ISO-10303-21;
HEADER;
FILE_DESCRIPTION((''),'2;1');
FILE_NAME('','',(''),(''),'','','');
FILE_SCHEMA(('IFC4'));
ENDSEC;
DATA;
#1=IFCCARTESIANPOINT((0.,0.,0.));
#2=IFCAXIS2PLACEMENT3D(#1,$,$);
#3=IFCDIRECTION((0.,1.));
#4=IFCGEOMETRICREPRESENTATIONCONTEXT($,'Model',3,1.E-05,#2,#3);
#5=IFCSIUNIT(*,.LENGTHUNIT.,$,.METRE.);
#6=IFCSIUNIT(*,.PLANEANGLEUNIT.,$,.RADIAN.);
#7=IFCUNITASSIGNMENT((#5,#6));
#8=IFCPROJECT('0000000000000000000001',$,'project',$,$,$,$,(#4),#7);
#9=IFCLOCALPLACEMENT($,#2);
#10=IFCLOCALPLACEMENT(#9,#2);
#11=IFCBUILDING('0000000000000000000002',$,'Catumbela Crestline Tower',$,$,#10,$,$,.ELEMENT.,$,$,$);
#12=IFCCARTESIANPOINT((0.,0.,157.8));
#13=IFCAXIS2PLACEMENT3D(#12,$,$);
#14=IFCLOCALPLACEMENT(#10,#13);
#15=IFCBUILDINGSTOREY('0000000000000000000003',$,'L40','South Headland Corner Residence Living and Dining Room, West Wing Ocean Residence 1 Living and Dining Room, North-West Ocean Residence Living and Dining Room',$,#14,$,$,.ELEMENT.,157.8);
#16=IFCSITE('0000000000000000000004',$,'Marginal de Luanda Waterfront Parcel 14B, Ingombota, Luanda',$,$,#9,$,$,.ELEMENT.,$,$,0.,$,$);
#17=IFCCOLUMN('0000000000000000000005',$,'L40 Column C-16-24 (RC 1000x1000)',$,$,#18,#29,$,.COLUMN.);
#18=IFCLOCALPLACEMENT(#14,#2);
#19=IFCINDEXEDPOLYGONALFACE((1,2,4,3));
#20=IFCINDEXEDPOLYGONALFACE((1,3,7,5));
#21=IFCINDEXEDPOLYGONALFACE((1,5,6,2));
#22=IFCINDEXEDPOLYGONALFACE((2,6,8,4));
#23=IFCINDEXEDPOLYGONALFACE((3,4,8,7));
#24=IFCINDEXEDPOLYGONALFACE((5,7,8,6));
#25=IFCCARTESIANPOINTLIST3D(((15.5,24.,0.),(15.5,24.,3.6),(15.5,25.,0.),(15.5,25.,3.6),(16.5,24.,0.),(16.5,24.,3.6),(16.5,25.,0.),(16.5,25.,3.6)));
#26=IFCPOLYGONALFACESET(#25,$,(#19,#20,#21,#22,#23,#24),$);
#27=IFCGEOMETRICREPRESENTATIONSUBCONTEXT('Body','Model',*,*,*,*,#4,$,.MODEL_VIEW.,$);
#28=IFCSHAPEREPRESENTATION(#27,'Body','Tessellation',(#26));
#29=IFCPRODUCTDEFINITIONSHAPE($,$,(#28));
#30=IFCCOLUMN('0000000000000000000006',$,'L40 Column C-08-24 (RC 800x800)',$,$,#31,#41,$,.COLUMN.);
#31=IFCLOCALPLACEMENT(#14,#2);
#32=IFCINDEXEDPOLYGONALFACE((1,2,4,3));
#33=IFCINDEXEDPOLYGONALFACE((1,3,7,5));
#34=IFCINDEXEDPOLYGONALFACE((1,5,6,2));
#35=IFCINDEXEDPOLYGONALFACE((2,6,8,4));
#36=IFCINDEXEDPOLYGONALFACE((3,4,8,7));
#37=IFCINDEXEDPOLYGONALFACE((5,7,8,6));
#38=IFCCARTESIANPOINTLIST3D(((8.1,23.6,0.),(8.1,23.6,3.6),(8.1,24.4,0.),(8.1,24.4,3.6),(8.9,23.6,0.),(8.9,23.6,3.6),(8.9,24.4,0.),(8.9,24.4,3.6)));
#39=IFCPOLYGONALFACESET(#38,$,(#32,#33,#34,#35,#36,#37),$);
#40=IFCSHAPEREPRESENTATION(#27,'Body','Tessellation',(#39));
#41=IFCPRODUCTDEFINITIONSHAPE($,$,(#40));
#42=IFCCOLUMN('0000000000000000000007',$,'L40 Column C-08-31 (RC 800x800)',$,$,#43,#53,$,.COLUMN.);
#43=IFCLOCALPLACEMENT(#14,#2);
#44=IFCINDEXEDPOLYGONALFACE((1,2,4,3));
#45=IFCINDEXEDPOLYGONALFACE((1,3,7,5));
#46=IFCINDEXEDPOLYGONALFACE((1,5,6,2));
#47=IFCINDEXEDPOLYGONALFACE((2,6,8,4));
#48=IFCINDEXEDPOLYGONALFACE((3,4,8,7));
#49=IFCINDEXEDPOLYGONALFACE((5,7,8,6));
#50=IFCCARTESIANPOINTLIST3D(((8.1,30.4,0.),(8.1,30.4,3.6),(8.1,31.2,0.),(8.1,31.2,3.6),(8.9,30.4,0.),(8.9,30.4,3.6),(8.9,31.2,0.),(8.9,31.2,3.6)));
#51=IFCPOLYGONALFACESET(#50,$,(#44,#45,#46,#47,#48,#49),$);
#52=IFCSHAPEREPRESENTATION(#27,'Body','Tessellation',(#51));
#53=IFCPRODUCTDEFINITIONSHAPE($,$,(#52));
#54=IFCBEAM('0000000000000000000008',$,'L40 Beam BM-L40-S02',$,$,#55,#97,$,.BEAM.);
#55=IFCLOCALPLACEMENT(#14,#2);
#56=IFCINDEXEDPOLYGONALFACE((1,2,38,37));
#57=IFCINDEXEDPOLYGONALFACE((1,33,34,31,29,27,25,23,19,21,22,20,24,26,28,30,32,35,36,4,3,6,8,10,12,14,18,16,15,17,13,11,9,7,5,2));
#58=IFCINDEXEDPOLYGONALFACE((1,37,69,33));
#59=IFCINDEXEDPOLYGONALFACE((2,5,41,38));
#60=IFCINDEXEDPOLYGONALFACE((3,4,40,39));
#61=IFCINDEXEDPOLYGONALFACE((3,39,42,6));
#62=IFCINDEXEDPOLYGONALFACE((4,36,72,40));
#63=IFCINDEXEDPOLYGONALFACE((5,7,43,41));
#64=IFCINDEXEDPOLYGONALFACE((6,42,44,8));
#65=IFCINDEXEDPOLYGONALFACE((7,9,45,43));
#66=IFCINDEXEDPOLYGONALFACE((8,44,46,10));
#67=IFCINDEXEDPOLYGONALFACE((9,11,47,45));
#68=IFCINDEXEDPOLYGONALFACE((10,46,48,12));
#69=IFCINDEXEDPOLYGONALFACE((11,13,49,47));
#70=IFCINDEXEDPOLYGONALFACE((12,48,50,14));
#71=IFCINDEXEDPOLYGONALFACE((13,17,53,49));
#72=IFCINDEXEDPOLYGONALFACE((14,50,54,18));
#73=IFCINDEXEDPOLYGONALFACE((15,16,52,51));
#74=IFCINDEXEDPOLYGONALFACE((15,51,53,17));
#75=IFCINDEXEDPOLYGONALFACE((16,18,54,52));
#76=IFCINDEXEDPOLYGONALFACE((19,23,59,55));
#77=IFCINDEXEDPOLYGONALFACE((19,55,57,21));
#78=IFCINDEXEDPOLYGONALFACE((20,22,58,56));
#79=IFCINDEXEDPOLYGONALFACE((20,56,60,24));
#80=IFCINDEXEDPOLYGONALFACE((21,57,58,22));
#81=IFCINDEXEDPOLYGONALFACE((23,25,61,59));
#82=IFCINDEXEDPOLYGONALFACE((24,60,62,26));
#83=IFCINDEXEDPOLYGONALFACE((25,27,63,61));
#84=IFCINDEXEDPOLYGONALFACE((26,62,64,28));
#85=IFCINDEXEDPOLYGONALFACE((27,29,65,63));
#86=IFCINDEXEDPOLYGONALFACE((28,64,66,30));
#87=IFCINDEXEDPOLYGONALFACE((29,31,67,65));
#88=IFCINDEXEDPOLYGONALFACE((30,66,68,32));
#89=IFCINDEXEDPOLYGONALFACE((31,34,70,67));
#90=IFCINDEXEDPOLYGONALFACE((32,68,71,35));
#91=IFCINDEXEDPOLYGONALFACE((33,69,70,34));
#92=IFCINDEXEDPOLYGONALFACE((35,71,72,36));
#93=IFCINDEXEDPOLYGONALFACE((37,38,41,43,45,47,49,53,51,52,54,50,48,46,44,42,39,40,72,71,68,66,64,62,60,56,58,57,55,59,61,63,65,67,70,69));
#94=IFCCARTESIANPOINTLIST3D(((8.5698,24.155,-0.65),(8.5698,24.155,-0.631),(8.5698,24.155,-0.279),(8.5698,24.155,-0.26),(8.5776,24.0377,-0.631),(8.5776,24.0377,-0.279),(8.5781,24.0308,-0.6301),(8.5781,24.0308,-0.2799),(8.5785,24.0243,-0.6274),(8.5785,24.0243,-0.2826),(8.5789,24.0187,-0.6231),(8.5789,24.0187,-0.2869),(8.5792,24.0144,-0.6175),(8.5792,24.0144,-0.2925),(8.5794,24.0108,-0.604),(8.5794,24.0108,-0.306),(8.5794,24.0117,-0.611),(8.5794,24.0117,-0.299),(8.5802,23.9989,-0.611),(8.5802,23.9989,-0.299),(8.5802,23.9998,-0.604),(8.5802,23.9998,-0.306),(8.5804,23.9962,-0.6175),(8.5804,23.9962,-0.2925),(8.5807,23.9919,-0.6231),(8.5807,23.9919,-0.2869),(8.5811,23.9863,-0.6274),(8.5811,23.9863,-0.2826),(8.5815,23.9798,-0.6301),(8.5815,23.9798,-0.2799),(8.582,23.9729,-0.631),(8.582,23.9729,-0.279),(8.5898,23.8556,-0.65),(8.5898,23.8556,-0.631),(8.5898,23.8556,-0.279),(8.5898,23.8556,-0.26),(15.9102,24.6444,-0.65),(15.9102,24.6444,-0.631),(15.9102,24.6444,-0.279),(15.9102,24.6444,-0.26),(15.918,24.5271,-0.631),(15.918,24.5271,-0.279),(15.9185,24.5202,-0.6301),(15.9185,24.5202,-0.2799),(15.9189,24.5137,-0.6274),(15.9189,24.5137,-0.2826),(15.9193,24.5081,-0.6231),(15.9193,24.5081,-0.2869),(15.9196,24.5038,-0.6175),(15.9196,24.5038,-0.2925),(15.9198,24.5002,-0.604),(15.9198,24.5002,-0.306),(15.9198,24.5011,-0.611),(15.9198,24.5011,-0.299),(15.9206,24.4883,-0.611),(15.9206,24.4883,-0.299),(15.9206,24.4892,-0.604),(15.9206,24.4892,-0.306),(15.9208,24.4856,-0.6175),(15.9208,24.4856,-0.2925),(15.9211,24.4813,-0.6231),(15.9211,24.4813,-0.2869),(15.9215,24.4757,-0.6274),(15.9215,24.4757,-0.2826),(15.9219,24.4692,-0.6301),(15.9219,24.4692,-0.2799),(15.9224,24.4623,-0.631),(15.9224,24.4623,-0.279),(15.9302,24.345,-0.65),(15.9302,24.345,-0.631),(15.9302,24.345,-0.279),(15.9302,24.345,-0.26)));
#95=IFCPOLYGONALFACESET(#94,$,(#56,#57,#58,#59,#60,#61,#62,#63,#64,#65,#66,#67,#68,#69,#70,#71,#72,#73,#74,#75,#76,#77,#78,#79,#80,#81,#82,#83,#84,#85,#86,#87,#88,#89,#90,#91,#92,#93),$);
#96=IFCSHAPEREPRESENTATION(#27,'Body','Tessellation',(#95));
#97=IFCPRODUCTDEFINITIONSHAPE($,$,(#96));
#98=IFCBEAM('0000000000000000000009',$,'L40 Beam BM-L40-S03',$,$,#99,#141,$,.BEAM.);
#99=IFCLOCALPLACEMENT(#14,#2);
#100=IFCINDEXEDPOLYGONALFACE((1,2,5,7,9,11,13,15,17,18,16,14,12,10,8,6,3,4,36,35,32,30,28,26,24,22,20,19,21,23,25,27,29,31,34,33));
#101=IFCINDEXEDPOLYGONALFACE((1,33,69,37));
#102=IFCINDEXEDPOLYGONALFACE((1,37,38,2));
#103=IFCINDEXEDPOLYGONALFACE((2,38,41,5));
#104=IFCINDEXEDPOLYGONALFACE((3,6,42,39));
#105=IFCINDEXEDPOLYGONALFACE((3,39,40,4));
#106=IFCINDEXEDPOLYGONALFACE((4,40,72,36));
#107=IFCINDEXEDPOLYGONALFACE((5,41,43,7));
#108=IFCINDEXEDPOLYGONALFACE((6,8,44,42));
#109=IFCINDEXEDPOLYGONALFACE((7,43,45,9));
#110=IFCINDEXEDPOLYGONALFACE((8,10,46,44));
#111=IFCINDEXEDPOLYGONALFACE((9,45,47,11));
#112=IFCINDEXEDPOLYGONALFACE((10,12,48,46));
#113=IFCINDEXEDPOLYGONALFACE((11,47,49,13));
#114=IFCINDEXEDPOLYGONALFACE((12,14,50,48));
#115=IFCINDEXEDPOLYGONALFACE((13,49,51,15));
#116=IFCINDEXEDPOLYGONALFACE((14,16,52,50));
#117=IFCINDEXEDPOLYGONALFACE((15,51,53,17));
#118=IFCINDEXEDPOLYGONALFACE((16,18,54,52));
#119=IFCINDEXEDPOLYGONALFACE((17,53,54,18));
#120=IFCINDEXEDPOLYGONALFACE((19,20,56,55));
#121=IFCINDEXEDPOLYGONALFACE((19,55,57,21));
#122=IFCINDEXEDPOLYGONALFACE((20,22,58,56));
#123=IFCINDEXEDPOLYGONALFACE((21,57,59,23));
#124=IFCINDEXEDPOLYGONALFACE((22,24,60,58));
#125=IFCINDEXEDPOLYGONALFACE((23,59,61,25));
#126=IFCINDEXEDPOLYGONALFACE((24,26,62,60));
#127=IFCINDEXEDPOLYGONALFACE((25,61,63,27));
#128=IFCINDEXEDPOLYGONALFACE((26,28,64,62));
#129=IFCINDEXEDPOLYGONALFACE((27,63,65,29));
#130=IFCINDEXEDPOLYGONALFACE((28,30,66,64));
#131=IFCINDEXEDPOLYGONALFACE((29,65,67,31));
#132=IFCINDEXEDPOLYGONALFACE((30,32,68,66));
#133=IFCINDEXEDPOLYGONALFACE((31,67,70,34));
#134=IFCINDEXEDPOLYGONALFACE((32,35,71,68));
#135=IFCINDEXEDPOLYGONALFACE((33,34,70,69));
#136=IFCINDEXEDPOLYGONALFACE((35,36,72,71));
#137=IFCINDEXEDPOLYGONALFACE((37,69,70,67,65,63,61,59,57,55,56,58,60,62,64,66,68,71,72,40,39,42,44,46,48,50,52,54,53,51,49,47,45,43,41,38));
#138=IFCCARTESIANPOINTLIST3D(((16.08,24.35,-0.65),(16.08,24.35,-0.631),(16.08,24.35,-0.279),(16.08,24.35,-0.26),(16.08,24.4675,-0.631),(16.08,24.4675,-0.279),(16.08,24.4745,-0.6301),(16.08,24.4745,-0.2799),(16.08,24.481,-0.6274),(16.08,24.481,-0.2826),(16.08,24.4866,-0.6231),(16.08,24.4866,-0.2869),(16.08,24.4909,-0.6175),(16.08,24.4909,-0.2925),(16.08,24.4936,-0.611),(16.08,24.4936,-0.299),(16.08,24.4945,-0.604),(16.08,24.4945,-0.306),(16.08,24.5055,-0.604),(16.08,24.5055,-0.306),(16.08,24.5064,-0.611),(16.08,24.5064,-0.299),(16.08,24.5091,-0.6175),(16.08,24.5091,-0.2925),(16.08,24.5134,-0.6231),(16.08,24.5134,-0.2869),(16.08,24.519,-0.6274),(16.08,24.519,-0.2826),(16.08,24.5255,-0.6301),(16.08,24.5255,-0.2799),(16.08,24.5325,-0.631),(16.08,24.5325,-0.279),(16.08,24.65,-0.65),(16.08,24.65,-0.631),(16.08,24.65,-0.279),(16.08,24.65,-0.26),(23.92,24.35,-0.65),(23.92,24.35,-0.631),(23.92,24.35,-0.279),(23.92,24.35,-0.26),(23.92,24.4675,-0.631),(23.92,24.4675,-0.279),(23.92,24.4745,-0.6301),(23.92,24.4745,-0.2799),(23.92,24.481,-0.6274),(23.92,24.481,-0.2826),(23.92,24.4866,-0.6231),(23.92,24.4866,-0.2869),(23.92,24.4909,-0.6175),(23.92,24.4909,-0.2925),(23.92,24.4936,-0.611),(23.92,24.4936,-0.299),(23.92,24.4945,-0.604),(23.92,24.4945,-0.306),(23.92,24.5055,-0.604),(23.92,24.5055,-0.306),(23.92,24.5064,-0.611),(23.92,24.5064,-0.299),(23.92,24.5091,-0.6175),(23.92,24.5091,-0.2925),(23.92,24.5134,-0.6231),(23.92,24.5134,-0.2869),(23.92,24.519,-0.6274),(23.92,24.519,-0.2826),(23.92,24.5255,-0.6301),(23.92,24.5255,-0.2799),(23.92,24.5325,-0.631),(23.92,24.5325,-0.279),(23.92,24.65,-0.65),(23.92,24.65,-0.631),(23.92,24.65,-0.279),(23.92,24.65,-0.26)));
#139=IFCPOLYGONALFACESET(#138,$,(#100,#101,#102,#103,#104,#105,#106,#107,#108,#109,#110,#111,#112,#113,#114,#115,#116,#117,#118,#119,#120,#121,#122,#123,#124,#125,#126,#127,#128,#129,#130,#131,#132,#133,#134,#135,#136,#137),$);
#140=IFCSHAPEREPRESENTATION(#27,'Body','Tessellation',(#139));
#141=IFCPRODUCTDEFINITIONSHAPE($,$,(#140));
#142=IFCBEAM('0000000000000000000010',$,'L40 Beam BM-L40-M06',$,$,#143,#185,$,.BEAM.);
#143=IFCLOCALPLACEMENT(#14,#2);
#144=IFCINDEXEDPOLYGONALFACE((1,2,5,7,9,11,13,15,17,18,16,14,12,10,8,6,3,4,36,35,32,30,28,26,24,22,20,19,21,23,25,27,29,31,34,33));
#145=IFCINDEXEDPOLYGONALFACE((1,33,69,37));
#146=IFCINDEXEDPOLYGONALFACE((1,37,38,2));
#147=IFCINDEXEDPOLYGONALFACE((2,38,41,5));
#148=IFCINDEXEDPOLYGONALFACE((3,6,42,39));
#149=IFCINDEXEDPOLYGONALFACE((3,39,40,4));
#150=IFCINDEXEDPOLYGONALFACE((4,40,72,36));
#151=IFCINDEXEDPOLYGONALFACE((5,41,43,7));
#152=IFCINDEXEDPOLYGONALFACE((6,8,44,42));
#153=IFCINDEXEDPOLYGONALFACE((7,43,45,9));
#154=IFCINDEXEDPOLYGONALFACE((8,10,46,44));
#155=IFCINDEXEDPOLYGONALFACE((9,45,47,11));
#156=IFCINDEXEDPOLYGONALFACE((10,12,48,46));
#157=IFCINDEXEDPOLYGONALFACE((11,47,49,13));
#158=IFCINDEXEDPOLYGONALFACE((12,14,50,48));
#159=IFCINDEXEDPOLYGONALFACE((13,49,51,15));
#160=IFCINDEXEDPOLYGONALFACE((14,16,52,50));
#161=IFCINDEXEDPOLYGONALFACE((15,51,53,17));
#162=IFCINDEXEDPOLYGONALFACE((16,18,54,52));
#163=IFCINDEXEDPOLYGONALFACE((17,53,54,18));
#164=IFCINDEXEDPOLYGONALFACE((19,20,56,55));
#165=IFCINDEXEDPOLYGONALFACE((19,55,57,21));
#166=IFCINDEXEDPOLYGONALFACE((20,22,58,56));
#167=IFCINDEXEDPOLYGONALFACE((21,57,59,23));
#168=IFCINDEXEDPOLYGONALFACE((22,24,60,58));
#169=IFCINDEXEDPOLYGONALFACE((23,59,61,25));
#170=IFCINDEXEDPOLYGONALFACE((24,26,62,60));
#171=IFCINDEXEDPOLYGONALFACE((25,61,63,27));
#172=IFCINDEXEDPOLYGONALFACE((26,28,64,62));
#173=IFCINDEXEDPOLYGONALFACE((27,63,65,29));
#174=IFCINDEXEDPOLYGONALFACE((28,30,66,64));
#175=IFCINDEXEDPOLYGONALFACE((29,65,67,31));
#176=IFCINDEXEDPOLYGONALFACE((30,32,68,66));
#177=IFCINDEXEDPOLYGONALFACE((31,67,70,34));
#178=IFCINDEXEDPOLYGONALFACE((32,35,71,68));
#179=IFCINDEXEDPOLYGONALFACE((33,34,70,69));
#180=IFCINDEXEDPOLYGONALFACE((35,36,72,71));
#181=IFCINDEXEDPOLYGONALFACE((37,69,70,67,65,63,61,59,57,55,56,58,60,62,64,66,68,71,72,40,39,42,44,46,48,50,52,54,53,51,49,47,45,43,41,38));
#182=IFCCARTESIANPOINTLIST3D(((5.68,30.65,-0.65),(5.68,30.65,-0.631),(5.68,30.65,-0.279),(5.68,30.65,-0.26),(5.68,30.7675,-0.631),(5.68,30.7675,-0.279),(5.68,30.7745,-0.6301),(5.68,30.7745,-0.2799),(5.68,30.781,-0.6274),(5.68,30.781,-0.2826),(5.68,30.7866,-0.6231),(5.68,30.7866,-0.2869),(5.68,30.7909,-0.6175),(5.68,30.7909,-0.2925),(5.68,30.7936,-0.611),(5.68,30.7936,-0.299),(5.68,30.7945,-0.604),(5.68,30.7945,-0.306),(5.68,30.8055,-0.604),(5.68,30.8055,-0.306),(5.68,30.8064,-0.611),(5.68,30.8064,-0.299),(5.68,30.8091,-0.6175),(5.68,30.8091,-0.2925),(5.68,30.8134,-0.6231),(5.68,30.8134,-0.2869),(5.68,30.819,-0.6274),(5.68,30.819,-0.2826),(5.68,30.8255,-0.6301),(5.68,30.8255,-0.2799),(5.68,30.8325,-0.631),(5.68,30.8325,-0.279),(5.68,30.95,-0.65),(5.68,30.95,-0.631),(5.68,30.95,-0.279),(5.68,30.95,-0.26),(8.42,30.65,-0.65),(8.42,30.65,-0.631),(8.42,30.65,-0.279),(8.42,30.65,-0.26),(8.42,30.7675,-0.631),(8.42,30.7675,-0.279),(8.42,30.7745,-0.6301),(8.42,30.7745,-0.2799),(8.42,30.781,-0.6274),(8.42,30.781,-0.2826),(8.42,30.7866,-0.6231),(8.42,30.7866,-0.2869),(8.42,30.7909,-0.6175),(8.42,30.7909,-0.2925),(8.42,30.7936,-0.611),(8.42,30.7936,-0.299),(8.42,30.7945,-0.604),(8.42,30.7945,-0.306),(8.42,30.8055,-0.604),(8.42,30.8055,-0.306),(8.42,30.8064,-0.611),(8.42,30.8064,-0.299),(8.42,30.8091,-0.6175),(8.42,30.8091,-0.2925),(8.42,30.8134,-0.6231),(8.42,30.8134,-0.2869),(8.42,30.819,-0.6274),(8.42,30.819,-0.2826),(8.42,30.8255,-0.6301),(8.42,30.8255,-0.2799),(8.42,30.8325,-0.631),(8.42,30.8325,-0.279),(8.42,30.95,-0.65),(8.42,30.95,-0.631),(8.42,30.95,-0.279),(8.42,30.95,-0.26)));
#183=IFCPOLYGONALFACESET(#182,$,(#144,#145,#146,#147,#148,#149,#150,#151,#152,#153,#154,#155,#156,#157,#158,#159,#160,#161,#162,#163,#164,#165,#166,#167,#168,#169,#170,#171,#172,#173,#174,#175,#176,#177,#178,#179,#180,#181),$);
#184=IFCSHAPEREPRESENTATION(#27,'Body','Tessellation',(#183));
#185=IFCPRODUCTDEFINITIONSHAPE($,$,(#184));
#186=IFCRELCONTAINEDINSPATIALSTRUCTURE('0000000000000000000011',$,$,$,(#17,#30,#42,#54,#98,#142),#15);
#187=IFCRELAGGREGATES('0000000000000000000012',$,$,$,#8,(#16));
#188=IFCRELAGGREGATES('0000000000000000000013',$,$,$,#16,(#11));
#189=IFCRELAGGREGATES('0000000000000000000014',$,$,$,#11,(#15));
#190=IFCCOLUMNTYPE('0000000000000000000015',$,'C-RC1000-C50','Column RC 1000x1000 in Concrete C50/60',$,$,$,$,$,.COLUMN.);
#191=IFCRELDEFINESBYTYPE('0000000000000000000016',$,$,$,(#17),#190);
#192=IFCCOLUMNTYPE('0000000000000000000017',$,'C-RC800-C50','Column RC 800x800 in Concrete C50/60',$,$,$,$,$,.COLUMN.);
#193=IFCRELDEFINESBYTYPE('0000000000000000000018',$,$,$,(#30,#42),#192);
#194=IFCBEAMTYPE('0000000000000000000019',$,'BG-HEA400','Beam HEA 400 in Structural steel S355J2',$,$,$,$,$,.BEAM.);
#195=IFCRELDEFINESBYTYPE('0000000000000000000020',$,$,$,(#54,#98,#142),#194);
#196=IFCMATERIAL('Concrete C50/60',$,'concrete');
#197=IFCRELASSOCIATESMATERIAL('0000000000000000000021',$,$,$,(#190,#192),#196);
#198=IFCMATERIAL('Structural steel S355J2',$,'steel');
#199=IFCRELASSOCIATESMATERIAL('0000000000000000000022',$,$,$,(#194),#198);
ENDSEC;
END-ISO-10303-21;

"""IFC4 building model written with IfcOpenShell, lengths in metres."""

from ifc_helpers import new_model, si_unit, direction, frame, origin, origin_2d, place, context, subcontext, project, spatial, rectangle, i_section, extrude, material, material_profile, profile_set, type_object, element, save


model = new_model("IFC4")

# Units and contexts
model_context = context("Model", 3, precision=1e-05, world=origin(), true_north=direction((0.0, 1.0)))
body_context = subcontext(model_context, "Body", "Model", "MODEL_VIEW")
ifc_project = project(units=[si_unit("LENGTHUNIT", "METRE"), si_unit("PLANEANGLEUNIT", "RADIAN")], contexts=[model_context])

# Site, building, storey
site_placement = place(None, origin())
site = spatial("IfcSite", under=ifc_project, at=site_placement, Name="Marginal de Luanda Waterfront Parcel 14B, Ingombota, Luanda", CompositionType="ELEMENT", RefElevation=0.0)
building_placement = place(site_placement, origin())
building = spatial("IfcBuilding", under=site, at=building_placement, Name="Catumbela Crestline Tower", CompositionType="ELEMENT")
storey_placement = place(building_placement, frame((0.0, 0.0, 157.8)))
storey = spatial("IfcBuildingStorey", under=building, at=storey_placement, Name="L40", Description="South Headland Corner Residence Living and Dining Room, West Wing Ocean Residence 1 Living and Dining Room, North-West Ocean Residence Living and Dining Room", CompositionType="ELEMENT", Elevation=157.8)

# Columns
ifc_material_1 = material(Name="Concrete C50/60", Category="concrete")
ifc_material_profile_1 = material_profile(ifc_material_1, rectangle(XDim=1.0, YDim=1.0, at=origin_2d()), Name="RC 1000x1000")
ifc_profile_set_1 = profile_set([ifc_material_profile_1], Name="Concrete C50/60")
column_type_1 = type_object("IfcColumnType", Name="C-RC1000-C50", Description="Column RC 1000x1000 in Concrete C50/60", PredefinedType="COLUMN", material=ifc_profile_set_1)
column_placement = place(storey_placement, frame((16.0, 24.5, 0.0), z_axis=(0.0, 0.0, 1.0), x_axis=(1.0, 0.0, 0.0)))
element("IfcColumn", 1, at=column_placement, inside=storey, type_object=column_type_1, Name="L40 Column C-16-24 (RC 1000x1000)", PredefinedType="COLUMN", context=body_context, shape_type="SweptSolid", body=[
    extrude(rectangle(XDim=1.0, YDim=1.0, at=origin_2d()), origin(), (0.0, 0.0, 1.0), 3.6),
])
ifc_material_profile_2 = material_profile(ifc_material_1, rectangle(XDim=0.8, YDim=0.8, at=origin_2d()), Name="RC 800x800")
ifc_profile_set_2 = profile_set([ifc_material_profile_2], Name="Concrete C50/60")
column_type_2 = type_object("IfcColumnType", Name="C-RC800-C50", Description="Column RC 800x800 in Concrete C50/60", PredefinedType="COLUMN", material=ifc_profile_set_2)
for number, where, z_axis, x_axis, name in (
    (2, (8.5, 24.0, 0.0), (0.0, 0.0, 1.0), (1.0, 0.0, 0.0), "L40 Column C-08-24 (RC 800x800)"),
    (3, (8.5, 30.8, 0.0), (0.0, 0.0, 1.0), (1.0, 0.0, 0.0), "L40 Column C-08-31 (RC 800x800)"),
):
    element("IfcColumn", number, at=place(storey_placement, frame(where, z_axis=z_axis, x_axis=x_axis)), inside=storey, type_object=column_type_2, Name=name, PredefinedType="COLUMN", context=body_context, shape_type="SweptSolid", body=[
        extrude(rectangle(XDim=0.8, YDim=0.8, at=origin_2d()), origin(), (0.0, 0.0, 1.0), 3.6),
    ])

# Beams
ifc_material_2 = material(Name="Structural steel S355J2", Category="steel")
ifc_material_profile_3 = material_profile(ifc_material_2, i_section(OverallWidth=0.3, OverallDepth=0.39, WebThickness=0.011, FlangeThickness=0.019, FilletRadius=0.027, at=origin_2d()), Name="HEA 400")
ifc_profile_set_3 = profile_set([ifc_material_profile_3], Name="Structural steel S355J2")
beam_type_1 = type_object("IfcBeamType", Name="BG-HEA400", Description="Beam HEA 400 in Structural steel S355J2", PredefinedType="BEAM", material=ifc_profile_set_3)
beam_1_placement = place(storey_placement, frame((8.5798, 24.0053, -0.455), z_axis=(0.997785, 0.066524, 0.0), x_axis=(-0.066524, 0.997785, 0.0)))
element("IfcBeam", 4, at=beam_1_placement, inside=storey, type_object=beam_type_1, Name="L40 Beam BM-L40-S02", PredefinedType="BEAM", context=body_context, shape_type="SweptSolid", body=[
    extrude(i_section(OverallWidth=0.3, OverallDepth=0.39, WebThickness=0.011, FlangeThickness=0.019, FilletRadius=0.027, at=origin_2d()), origin(), (0.0, 0.0, 1.0), 7.3567),
])
beam_2_placement = place(storey_placement, frame((16.08, 24.5, -0.455), z_axis=(1.0, 0.0, 0.0), x_axis=(0.0, 1.0, 0.0)))
element("IfcBeam", 5, at=beam_2_placement, inside=storey, type_object=beam_type_1, Name="L40 Beam BM-L40-S03", PredefinedType="BEAM", context=body_context, shape_type="SweptSolid", body=[
    extrude(i_section(OverallWidth=0.3, OverallDepth=0.39, WebThickness=0.011, FlangeThickness=0.019, FilletRadius=0.027, at=origin_2d()), origin(), (0.0, 0.0, 1.0), 7.84),
])
beam_3_placement = place(storey_placement, frame((5.68, 30.8, -0.455), z_axis=(1.0, 0.0, 0.0), x_axis=(0.0, 1.0, 0.0)))
element("IfcBeam", 6, at=beam_3_placement, inside=storey, type_object=beam_type_1, Name="L40 Beam BM-L40-M06", PredefinedType="BEAM", context=body_context, shape_type="SweptSolid", body=[
    extrude(i_section(OverallWidth=0.3, OverallDepth=0.39, WebThickness=0.011, FlangeThickness=0.019, FilletRadius=0.027, at=origin_2d()), origin(), (0.0, 0.0, 1.0), 2.74),
])

save(model, "model.ifc")
